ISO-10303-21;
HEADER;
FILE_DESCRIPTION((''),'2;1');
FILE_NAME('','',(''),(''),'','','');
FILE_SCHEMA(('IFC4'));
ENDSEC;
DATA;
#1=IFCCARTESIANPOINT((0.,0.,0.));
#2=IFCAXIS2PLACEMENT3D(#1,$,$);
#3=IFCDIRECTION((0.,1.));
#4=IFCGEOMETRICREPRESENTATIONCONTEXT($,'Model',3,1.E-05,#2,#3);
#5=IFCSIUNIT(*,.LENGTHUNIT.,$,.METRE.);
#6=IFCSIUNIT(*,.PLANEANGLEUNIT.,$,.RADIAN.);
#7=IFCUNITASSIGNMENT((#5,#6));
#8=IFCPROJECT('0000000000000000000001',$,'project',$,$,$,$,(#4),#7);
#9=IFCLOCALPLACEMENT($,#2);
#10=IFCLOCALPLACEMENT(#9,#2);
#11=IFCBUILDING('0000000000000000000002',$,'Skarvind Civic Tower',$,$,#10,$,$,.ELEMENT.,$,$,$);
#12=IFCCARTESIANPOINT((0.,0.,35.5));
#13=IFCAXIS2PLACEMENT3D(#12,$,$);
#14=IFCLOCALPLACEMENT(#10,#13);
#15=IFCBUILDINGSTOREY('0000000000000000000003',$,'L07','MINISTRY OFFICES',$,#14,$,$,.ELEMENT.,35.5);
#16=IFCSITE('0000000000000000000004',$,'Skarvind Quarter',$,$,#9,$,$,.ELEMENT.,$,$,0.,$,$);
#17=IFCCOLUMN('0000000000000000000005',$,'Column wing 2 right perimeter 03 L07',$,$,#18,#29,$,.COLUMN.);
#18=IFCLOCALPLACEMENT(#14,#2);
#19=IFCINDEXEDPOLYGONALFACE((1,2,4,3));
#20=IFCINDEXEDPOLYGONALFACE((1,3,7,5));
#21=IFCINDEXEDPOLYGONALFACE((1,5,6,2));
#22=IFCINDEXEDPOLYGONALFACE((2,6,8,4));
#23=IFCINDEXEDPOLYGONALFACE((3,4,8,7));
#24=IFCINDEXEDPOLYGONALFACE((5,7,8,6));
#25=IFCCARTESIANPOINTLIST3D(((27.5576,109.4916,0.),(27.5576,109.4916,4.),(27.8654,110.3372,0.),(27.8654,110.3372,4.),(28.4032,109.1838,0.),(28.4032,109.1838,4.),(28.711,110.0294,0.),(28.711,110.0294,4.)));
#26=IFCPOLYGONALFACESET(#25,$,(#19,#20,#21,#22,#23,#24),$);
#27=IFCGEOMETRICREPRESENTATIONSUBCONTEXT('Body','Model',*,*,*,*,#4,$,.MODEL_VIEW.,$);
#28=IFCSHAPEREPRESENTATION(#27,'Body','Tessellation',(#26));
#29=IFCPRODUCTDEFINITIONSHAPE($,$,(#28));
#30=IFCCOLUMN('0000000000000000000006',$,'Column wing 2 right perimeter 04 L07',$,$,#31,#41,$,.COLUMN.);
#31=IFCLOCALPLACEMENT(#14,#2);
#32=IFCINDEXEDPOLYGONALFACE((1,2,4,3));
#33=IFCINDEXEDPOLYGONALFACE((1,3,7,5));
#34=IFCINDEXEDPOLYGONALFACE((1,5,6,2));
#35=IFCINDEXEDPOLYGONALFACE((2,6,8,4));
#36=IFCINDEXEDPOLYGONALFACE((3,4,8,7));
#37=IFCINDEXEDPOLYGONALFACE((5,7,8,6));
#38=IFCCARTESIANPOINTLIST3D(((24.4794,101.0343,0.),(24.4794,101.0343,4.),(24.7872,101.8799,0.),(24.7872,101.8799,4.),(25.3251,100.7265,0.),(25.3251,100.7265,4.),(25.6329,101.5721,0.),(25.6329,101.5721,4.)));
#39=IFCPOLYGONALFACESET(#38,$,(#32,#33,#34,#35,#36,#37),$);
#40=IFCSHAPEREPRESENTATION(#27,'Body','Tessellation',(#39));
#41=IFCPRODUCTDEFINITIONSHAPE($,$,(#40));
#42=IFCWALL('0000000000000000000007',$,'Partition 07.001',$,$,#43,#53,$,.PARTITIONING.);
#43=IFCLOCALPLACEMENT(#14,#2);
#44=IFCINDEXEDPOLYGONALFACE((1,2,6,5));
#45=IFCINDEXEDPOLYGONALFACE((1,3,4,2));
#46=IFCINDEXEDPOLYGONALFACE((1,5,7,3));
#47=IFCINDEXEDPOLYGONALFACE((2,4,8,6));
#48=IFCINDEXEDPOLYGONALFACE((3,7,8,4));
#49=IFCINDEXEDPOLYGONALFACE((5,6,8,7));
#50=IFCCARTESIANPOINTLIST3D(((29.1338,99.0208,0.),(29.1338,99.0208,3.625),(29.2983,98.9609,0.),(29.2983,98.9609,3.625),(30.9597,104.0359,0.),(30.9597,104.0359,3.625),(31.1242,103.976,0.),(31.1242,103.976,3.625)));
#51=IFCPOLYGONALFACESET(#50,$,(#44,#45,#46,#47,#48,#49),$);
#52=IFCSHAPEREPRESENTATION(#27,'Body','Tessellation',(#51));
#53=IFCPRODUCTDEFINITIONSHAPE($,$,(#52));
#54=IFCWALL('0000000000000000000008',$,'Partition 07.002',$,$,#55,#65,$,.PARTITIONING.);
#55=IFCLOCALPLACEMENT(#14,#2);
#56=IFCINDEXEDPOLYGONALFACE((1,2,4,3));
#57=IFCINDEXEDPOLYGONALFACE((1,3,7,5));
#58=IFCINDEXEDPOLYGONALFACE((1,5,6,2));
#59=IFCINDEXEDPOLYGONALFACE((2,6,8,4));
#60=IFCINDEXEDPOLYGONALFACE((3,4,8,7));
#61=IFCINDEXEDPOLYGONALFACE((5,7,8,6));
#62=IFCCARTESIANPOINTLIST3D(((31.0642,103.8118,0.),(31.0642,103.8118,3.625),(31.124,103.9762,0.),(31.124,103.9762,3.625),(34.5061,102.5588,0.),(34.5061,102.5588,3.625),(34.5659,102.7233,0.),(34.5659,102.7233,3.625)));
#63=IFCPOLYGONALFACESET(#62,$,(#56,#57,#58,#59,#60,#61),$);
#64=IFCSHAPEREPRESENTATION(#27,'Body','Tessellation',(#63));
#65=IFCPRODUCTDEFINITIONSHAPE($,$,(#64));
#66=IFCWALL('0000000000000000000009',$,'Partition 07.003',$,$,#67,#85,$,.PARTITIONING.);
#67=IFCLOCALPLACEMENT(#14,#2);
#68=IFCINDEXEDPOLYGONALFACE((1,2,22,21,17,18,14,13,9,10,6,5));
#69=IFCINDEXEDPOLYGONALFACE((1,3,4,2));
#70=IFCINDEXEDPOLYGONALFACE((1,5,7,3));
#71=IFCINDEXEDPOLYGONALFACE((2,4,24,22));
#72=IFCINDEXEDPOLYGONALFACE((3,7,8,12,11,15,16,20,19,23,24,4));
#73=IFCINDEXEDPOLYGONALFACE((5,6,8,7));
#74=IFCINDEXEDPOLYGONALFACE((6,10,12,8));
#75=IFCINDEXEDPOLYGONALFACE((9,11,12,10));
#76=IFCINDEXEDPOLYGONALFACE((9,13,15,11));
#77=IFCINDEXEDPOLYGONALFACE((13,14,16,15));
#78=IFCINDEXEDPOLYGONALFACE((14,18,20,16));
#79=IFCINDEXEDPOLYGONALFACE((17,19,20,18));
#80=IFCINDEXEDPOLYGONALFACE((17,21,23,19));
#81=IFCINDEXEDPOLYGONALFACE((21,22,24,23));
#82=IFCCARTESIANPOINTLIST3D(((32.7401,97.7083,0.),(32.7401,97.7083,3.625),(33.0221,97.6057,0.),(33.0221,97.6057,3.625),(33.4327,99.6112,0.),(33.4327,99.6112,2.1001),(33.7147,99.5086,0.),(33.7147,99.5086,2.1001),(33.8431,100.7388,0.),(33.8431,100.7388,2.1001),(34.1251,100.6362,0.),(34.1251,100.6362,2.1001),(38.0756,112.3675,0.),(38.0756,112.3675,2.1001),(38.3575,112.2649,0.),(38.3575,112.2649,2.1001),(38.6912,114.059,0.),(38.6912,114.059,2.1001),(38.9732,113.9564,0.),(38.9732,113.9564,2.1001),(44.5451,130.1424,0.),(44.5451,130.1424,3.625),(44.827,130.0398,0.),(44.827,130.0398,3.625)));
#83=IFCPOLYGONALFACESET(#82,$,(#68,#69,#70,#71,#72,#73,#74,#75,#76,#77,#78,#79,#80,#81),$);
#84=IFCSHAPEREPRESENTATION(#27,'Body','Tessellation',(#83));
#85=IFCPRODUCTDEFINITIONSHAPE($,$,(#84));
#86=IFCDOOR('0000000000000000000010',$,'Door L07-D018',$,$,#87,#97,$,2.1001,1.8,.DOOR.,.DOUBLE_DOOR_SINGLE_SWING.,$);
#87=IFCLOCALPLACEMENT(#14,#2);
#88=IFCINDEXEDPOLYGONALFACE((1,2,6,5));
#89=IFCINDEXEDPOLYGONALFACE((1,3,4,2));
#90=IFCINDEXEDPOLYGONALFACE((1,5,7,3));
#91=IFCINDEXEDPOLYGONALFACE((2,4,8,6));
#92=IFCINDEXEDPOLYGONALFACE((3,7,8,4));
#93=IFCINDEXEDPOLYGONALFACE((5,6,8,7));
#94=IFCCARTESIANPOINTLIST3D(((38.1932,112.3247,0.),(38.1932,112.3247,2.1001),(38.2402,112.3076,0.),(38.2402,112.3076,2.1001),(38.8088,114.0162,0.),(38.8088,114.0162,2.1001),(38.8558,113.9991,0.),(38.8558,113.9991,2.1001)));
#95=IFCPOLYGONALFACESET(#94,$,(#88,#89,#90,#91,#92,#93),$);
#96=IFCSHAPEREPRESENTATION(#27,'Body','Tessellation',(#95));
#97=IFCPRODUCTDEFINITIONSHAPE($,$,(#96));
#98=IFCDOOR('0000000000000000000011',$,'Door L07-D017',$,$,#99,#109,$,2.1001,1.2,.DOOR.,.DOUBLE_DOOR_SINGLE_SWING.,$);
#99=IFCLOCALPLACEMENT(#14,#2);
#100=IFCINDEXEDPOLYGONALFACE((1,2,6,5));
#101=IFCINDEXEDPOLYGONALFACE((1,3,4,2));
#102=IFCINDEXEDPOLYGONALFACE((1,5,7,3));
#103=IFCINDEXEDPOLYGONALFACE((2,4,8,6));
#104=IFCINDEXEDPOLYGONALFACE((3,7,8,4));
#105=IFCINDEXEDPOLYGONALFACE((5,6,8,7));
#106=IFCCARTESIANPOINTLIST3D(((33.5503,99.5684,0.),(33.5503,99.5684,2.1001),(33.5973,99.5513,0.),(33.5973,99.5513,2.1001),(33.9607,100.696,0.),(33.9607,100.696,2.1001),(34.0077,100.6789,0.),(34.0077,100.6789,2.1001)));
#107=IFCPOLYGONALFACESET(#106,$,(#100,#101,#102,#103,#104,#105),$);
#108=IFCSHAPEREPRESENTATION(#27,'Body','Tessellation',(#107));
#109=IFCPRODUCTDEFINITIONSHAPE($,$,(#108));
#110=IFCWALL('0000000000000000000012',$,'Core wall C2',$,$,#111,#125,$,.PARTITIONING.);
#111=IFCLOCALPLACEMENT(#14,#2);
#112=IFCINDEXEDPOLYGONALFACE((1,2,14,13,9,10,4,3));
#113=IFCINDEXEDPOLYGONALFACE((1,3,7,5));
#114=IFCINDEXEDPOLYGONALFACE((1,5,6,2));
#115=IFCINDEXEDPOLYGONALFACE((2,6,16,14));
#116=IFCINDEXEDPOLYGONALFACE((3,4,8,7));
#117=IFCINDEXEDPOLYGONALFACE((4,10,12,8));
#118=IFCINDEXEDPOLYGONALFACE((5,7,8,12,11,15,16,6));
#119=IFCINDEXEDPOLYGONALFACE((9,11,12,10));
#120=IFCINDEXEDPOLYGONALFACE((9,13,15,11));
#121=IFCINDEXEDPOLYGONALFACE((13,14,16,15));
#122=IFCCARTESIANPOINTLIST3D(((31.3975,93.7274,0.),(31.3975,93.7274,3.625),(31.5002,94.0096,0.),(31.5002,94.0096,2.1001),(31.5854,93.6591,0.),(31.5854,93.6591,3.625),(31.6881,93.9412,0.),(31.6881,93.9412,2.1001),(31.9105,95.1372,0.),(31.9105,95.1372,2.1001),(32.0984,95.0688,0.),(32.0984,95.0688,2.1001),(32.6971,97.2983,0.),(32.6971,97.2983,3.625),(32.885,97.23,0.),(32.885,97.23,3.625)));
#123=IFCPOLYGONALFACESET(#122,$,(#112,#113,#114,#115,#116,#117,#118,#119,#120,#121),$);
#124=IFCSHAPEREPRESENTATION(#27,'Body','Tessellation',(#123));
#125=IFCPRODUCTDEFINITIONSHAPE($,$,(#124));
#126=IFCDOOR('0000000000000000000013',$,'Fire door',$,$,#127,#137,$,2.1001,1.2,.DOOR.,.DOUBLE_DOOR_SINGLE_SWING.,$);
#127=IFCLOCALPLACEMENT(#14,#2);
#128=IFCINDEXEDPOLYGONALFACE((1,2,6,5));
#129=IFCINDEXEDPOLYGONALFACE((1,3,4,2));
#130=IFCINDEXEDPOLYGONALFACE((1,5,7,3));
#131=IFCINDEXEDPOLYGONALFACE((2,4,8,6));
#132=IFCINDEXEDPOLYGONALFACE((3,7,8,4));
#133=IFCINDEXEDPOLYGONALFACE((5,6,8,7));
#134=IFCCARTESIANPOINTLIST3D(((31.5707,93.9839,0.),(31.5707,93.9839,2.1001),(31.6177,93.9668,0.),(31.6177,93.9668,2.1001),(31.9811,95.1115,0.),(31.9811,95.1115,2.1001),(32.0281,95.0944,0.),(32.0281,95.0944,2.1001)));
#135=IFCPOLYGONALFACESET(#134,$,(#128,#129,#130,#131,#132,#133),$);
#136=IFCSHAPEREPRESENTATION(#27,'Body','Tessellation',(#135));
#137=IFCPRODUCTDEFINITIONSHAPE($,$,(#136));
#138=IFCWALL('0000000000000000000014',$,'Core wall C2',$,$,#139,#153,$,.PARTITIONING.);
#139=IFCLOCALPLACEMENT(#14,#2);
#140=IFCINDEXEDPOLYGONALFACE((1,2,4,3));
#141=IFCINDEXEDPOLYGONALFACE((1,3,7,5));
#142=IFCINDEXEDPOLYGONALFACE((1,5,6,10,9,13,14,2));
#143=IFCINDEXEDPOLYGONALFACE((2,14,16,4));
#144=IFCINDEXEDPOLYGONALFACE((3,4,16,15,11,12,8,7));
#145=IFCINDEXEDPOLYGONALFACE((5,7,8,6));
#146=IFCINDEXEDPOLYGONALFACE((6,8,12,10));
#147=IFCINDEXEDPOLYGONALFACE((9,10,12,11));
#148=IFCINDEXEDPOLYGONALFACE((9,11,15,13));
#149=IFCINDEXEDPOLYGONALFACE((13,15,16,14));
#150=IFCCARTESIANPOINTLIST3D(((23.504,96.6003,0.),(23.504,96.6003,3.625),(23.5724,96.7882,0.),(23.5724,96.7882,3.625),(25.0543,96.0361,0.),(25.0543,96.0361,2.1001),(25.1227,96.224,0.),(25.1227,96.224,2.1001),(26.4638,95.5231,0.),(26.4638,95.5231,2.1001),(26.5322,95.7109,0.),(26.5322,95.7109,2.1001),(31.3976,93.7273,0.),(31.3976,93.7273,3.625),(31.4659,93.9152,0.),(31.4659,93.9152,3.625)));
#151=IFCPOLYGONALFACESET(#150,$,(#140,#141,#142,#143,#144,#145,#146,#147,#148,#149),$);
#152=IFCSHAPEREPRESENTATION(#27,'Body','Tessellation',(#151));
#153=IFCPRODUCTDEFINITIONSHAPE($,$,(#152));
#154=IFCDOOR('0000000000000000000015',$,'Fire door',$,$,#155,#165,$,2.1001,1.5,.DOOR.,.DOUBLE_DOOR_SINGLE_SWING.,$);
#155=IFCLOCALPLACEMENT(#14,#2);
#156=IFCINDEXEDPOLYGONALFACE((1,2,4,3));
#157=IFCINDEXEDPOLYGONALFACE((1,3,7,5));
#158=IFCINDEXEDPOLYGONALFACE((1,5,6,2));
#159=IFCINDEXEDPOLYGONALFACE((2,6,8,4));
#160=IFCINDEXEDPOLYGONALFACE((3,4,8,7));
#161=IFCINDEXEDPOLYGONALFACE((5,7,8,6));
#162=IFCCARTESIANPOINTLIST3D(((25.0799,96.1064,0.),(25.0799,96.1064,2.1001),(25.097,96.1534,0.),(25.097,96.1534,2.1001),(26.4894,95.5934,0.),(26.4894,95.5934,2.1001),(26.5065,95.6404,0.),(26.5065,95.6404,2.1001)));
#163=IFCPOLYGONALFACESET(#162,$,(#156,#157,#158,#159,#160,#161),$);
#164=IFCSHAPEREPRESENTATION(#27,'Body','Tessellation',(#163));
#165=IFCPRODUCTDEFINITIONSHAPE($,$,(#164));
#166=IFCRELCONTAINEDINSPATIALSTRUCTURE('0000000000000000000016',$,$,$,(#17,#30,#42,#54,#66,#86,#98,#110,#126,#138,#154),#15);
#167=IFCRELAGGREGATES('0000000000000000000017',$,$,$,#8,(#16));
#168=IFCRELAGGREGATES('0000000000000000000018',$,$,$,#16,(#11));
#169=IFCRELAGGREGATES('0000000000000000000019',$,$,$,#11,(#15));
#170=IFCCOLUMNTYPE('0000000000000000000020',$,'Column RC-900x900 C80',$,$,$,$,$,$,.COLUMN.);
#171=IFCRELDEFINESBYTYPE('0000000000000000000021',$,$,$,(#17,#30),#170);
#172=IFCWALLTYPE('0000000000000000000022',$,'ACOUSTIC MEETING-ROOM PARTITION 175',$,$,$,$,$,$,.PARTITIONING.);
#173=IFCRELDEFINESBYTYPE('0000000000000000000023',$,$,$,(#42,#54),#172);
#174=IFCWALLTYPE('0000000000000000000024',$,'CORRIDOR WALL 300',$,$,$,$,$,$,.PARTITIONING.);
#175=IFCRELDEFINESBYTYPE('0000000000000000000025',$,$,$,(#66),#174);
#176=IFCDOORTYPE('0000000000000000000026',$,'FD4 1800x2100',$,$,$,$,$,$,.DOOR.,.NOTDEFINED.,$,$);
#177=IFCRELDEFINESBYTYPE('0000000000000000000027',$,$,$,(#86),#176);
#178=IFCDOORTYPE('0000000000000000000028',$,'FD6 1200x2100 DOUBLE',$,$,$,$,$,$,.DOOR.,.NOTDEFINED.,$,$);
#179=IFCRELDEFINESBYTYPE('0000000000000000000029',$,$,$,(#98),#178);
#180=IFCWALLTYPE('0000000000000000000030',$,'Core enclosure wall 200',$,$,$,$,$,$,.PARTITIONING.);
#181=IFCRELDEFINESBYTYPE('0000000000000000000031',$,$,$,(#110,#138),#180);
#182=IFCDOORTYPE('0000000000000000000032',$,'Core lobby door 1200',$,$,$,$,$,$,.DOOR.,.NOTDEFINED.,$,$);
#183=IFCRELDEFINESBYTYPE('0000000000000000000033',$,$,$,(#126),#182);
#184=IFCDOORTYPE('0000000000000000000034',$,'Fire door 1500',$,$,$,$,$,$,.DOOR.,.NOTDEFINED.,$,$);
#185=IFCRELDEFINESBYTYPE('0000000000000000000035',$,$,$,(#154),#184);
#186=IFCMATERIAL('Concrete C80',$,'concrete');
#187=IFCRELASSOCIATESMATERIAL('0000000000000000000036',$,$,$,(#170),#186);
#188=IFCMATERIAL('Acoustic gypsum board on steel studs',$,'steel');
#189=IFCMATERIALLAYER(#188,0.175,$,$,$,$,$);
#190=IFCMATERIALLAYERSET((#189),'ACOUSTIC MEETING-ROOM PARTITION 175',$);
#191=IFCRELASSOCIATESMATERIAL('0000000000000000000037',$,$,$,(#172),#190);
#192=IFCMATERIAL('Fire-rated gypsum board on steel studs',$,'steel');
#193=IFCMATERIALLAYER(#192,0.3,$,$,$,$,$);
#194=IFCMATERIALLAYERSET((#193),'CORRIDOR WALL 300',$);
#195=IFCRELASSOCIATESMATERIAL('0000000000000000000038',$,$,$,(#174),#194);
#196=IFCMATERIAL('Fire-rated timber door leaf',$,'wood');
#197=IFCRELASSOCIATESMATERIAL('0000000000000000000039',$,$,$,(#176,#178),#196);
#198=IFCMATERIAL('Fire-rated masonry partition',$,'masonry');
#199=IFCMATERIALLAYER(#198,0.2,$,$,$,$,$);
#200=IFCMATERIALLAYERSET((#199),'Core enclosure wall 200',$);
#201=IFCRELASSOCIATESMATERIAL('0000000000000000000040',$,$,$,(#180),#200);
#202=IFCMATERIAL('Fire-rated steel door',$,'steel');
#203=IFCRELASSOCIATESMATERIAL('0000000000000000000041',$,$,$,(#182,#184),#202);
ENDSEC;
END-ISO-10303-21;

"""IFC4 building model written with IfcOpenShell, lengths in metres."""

from ifc_helpers import new_model, si_unit, direction, frame, frame_2d, origin, origin_2d, place, context, subcontext, project, spatial, rectangle, extrude, material, layer, layer_set, material_profile, profile_set, type_object, element, fill, save


model = new_model("IFC4")

# Units and contexts
model_context = context("Model", 3, precision=1e-05, world=origin(), true_north=direction((0.0, 1.0)))
body_context = subcontext(model_context, "Body", "Model", "MODEL_VIEW")
ifc_project = project(units=[si_unit("LENGTHUNIT", "METRE"), si_unit("PLANEANGLEUNIT", "RADIAN")], contexts=[model_context])

# Site, building, storey
site_placement = place(None, origin())
site = spatial("IfcSite", under=ifc_project, at=site_placement, Name="Skarvind Quarter", CompositionType="ELEMENT", RefElevation=0.0)
building_placement = place(site_placement, origin())
building = spatial("IfcBuilding", under=site, at=building_placement, Name="Skarvind Civic Tower", CompositionType="ELEMENT")
storey_placement = place(building_placement, frame((0.0, 0.0, 35.5)))
storey = spatial("IfcBuildingStorey", under=building, at=storey_placement, Name="L07", Description="MINISTRY OFFICES", CompositionType="ELEMENT", Elevation=35.5)

# Columns
ifc_material_1 = material(Name="Concrete C80", Category="concrete")
ifc_material_profile = material_profile(ifc_material_1, rectangle(XDim=0.8999, YDim=0.8999, at=origin_2d()), Name="RC-900x900")
ifc_profile_set = profile_set([ifc_material_profile], Name="Concrete C80")
column_type = type_object("IfcColumnType", Name="Column RC-900x900 C80", PredefinedType="COLUMN", material=ifc_profile_set)
for number, where, z_axis, x_axis, name in (
    (1, (28.1343, 109.7605, 0.0), (0.0, 0.0, 1.0), (-0.34202, -0.939693, 0.0), "Column wing 2 right perimeter 03 L07"),
    (2, (25.0562, 101.3032, 0.0), (0.0, 0.0, 1.0), (-0.34202, -0.939693, 0.0), "Column wing 2 right perimeter 04 L07"),
):
    element("IfcColumn", number, at=place(storey_placement, frame(where, z_axis=z_axis, x_axis=x_axis)), inside=storey, type_object=column_type, Name=name, PredefinedType="COLUMN", context=body_context, shape_type="SweptSolid", body=[
        extrude(rectangle(XDim=0.8999, YDim=0.8999, at=origin_2d()), origin(), (0.0, 0.0, 1.0), 4.0),
    ])

# Walls
ifc_material_2 = material(Name="Acoustic gypsum board on steel studs", Category="steel")
ifc_layer_1 = layer(ifc_material_2, 0.175)
ifc_layer_set_1 = layer_set([ifc_layer_1], Name="ACOUSTIC MEETING-ROOM PARTITION 175")
wall_type_1 = type_object("IfcWallType", Name="ACOUSTIC MEETING-ROOM PARTITION 175", PredefinedType="PARTITIONING", material=ifc_layer_set_1)
wall_1_placement = place(storey_placement, frame((29.2161, 98.991, 0.0), z_axis=(0.0, 0.0, 1.0), x_axis=(0.342114, 0.939658, 0.0)))
element("IfcWall", 3, at=wall_1_placement, inside=storey, type_object=wall_type_1, Name="Partition 07.001", PredefinedType="PARTITIONING", context=body_context, shape_type="SweptSolid", body=[
    extrude(rectangle(XDim=5.3372, YDim=0.175, at=frame_2d((2.6685, 0.0))), origin(), (0.0, 0.0, 1.0), 3.625),
])
wall_2_placement = place(storey_placement, frame((31.094, 103.894, 0.0), z_axis=(0.0, 0.0, 1.0), x_axis=(0.939677, -0.342064, 0.0)))
element("IfcWall", 4, at=wall_2_placement, inside=storey, type_object=wall_type_1, Name="Partition 07.002", PredefinedType="PARTITIONING", context=body_context, shape_type="SweptSolid", body=[
    extrude(rectangle(XDim=3.6628, YDim=0.175, at=frame_2d((1.8315, 0.0))), origin(), (0.0, 0.0, 1.0), 3.625),
])

# Wall, openings, doors
ifc_material_3 = material(Name="Fire-rated gypsum board on steel studs", Category="steel")
ifc_layer_2 = layer(ifc_material_3, 0.3)
ifc_layer_set_2 = layer_set([ifc_layer_2], Name="CORRIDOR WALL 300")
wall_type_2 = type_object("IfcWallType", Name="CORRIDOR WALL 300", PredefinedType="PARTITIONING", material=ifc_layer_set_2)
wall_3_placement = place(storey_placement, frame((32.8811, 97.657, 0.0), z_axis=(0.0, 0.0, 1.0), x_axis=(0.342017, 0.939694, 0.0)))
wall_3 = element("IfcWall", 5, at=wall_3_placement, inside=storey, type_object=wall_type_2, Name="Partition 07.003", PredefinedType="PARTITIONING", context=body_context, shape_type="SweptSolid", body=[
    extrude(rectangle(XDim=34.5156, YDim=0.3, at=frame_2d((17.2578, 0.0))), origin(), (0.0, 0.0, 1.0), 3.625),
])
opening_1_placement = place(wall_3_placement, frame((2.0249, 0.0, 0.0)))
opening_1 = element("IfcOpeningElement", 6, at=opening_1_placement, cuts=wall_3, PredefinedType="OPENING", context=body_context, shape_type="SweptSolid", body=[
    extrude(rectangle(XDim=1.2, YDim=2.1001, at=frame_2d((0.6001, 1.05))), frame((0.0, 0.1599, 0.0), z_axis=(0.0, -1.0, 0.0), x_axis=(1.0, 0.0, 0.0)), (0.0, 0.0, 1.0), 0.3201),
])
opening_2_placement = place(wall_3_placement, frame((15.6001, 0.0, 0.0)))
opening_2 = element("IfcOpeningElement", 7, at=opening_2_placement, cuts=wall_3, PredefinedType="OPENING", context=body_context, shape_type="SweptSolid", body=[
    extrude(rectangle(XDim=1.8, YDim=2.1001, at=frame_2d((0.8999, 1.05))), frame((0.0, 0.1599, 0.0), z_axis=(0.0, -1.0, 0.0), x_axis=(1.0, 0.0, 0.0)), (0.0, 0.0, 1.0), 0.3201),
])
ifc_material_4 = material(Name="Fire-rated timber door leaf", Category="wood")
door_type_1 = type_object("IfcDoorType", Name="FD4 1800x2100", OperationType="NOTDEFINED", PredefinedType="DOOR", material=ifc_material_4)
door_1_placement = place(opening_2_placement, origin())
door_1 = element("IfcDoor", 8, at=door_1_placement, inside=storey, type_object=door_type_1, Name="Door L07-D018", OperationType="DOUBLE_DOOR_SINGLE_SWING", OverallHeight=2.1001, OverallWidth=1.8, PredefinedType="DOOR", context=body_context, shape_type="SweptSolid", body=[
    extrude(rectangle(XDim=1.8, YDim=2.1001, at=frame_2d((0.8999, 1.05))), frame((0.0, 0.0249, 0.0), z_axis=(0.0, -1.0, 0.0), x_axis=(1.0, 0.0, 0.0)), (0.0, 0.0, 1.0), 0.05),
])
fill(opening_2, door_1)
door_type_2 = type_object("IfcDoorType", Name="FD6 1200x2100 DOUBLE", OperationType="NOTDEFINED", PredefinedType="DOOR", material=ifc_material_4)
door_2_placement = place(opening_1_placement, origin())
door_2 = element("IfcDoor", 9, at=door_2_placement, inside=storey, type_object=door_type_2, Name="Door L07-D017", OperationType="DOUBLE_DOOR_SINGLE_SWING", OverallHeight=2.1001, OverallWidth=1.2, PredefinedType="DOOR", context=body_context, shape_type="SweptSolid", body=[
    extrude(rectangle(XDim=1.2, YDim=2.1001, at=frame_2d((0.6001, 1.05))), frame((0.0, 0.0249, 0.0), z_axis=(0.0, -1.0, 0.0), x_axis=(1.0, 0.0, 0.0)), (0.0, 0.0, 1.0), 0.05),
])
fill(opening_1, door_2)

# Walls, openings, doors
ifc_material_5 = material(Name="Fire-rated masonry partition", Category="masonry")
ifc_layer_3 = layer(ifc_material_5, 0.2)
ifc_layer_set_3 = layer_set([ifc_layer_3], Name="Core enclosure wall 200")
wall_type_3 = type_object("IfcWallType", Name="Core enclosure wall 200", PredefinedType="PARTITIONING", material=ifc_layer_set_3)
wall_4_placement = place(storey_placement, frame((31.4915, 93.6934, 0.0), z_axis=(0.0, 0.0, 1.0), x_axis=(0.341996, 0.939701, 0.0)))
wall_4 = element("IfcWall", 10, at=wall_4_placement, inside=storey, type_object=wall_type_3, Name="Core wall C2", PredefinedType="PARTITIONING", context=body_context, shape_type="SweptSolid", body=[
    extrude(rectangle(XDim=3.8, YDim=0.2, at=frame_2d((1.8999, 0.0))), origin(), (0.0, 0.0, 1.0), 3.625),
])
opening_3_placement = place(wall_4_placement, frame((0.3, 0.0, 0.0)))
opening_3 = element("IfcOpeningElement", 11, at=opening_3_placement, cuts=wall_4, PredefinedType="OPENING", context=body_context, shape_type="SweptSolid", body=[
    extrude(rectangle(XDim=1.2, YDim=2.1001, at=frame_2d((0.6001, 1.05))), frame((0.0, 0.1099, 0.0), z_axis=(0.0, -1.0, 0.0), x_axis=(1.0, 0.0, 0.0)), (0.0, 0.0, 1.0), 0.22),
])
ifc_material_6 = material(Name="Fire-rated steel door", Category="steel")
door_type_3 = type_object("IfcDoorType", Name="Core lobby door 1200", OperationType="NOTDEFINED", PredefinedType="DOOR", material=ifc_material_6)
door_3_placement = place(opening_3_placement, origin())
door_3 = element("IfcDoor", 12, at=door_3_placement, inside=storey, type_object=door_type_3, Name="Fire door", OperationType="DOUBLE_DOOR_SINGLE_SWING", OverallHeight=2.1001, OverallWidth=1.2, PredefinedType="DOOR", context=body_context, shape_type="SweptSolid", body=[
    extrude(rectangle(XDim=1.2, YDim=2.1001, at=frame_2d((0.6001, 1.05))), frame((0.0, 0.0249, 0.0), z_axis=(0.0, -1.0, 0.0), x_axis=(1.0, 0.0, 0.0)), (0.0, 0.0, 1.0), 0.05),
])
fill(opening_3, door_3)
wall_5_placement = place(storey_placement, frame((23.5381, 96.6943, 0.0), z_axis=(0.0, 0.0, 1.0), x_axis=(0.939692, -0.342023, 0.0)))
wall_5 = element("IfcWall", 13, at=wall_5_placement, inside=storey, type_object=wall_type_3, Name="Core wall C2", PredefinedType="PARTITIONING", context=body_context, shape_type="SweptSolid", body=[
    extrude(rectangle(XDim=8.4001, YDim=0.2, at=frame_2d((4.2002, 0.0))), origin(), (0.0, 0.0, 1.0), 3.625),
])
opening_4_placement = place(wall_5_placement, frame((1.6499, 0.0, 0.0)))
opening_4 = element("IfcOpeningElement", 14, at=opening_4_placement, cuts=wall_5, PredefinedType="OPENING", context=body_context, shape_type="SweptSolid", body=[
    extrude(rectangle(XDim=1.5, YDim=2.1001, at=frame_2d((0.75, 1.05))), frame((0.0, 0.1099, 0.0), z_axis=(0.0, -1.0, 0.0), x_axis=(1.0, 0.0, 0.0)), (0.0, 0.0, 1.0), 0.22),
])
door_type_4 = type_object("IfcDoorType", Name="Fire door 1500", OperationType="NOTDEFINED", PredefinedType="DOOR", material=ifc_material_6)
door_4_placement = place(opening_4_placement, origin())
door_4 = element("IfcDoor", 15, at=door_4_placement, inside=storey, type_object=door_type_4, Name="Fire door", OperationType="DOUBLE_DOOR_SINGLE_SWING", OverallHeight=2.1001, OverallWidth=1.5, PredefinedType="DOOR", context=body_context, shape_type="SweptSolid", body=[
    extrude(rectangle(XDim=1.5, YDim=2.1001, at=frame_2d((0.75, 1.05))), frame((0.0, 0.0249, 0.0), z_axis=(0.0, -1.0, 0.0), x_axis=(1.0, 0.0, 0.0)), (0.0, 0.0, 1.0), 0.05),
])
fill(opening_4, door_4)

save(model, "model.ifc")
